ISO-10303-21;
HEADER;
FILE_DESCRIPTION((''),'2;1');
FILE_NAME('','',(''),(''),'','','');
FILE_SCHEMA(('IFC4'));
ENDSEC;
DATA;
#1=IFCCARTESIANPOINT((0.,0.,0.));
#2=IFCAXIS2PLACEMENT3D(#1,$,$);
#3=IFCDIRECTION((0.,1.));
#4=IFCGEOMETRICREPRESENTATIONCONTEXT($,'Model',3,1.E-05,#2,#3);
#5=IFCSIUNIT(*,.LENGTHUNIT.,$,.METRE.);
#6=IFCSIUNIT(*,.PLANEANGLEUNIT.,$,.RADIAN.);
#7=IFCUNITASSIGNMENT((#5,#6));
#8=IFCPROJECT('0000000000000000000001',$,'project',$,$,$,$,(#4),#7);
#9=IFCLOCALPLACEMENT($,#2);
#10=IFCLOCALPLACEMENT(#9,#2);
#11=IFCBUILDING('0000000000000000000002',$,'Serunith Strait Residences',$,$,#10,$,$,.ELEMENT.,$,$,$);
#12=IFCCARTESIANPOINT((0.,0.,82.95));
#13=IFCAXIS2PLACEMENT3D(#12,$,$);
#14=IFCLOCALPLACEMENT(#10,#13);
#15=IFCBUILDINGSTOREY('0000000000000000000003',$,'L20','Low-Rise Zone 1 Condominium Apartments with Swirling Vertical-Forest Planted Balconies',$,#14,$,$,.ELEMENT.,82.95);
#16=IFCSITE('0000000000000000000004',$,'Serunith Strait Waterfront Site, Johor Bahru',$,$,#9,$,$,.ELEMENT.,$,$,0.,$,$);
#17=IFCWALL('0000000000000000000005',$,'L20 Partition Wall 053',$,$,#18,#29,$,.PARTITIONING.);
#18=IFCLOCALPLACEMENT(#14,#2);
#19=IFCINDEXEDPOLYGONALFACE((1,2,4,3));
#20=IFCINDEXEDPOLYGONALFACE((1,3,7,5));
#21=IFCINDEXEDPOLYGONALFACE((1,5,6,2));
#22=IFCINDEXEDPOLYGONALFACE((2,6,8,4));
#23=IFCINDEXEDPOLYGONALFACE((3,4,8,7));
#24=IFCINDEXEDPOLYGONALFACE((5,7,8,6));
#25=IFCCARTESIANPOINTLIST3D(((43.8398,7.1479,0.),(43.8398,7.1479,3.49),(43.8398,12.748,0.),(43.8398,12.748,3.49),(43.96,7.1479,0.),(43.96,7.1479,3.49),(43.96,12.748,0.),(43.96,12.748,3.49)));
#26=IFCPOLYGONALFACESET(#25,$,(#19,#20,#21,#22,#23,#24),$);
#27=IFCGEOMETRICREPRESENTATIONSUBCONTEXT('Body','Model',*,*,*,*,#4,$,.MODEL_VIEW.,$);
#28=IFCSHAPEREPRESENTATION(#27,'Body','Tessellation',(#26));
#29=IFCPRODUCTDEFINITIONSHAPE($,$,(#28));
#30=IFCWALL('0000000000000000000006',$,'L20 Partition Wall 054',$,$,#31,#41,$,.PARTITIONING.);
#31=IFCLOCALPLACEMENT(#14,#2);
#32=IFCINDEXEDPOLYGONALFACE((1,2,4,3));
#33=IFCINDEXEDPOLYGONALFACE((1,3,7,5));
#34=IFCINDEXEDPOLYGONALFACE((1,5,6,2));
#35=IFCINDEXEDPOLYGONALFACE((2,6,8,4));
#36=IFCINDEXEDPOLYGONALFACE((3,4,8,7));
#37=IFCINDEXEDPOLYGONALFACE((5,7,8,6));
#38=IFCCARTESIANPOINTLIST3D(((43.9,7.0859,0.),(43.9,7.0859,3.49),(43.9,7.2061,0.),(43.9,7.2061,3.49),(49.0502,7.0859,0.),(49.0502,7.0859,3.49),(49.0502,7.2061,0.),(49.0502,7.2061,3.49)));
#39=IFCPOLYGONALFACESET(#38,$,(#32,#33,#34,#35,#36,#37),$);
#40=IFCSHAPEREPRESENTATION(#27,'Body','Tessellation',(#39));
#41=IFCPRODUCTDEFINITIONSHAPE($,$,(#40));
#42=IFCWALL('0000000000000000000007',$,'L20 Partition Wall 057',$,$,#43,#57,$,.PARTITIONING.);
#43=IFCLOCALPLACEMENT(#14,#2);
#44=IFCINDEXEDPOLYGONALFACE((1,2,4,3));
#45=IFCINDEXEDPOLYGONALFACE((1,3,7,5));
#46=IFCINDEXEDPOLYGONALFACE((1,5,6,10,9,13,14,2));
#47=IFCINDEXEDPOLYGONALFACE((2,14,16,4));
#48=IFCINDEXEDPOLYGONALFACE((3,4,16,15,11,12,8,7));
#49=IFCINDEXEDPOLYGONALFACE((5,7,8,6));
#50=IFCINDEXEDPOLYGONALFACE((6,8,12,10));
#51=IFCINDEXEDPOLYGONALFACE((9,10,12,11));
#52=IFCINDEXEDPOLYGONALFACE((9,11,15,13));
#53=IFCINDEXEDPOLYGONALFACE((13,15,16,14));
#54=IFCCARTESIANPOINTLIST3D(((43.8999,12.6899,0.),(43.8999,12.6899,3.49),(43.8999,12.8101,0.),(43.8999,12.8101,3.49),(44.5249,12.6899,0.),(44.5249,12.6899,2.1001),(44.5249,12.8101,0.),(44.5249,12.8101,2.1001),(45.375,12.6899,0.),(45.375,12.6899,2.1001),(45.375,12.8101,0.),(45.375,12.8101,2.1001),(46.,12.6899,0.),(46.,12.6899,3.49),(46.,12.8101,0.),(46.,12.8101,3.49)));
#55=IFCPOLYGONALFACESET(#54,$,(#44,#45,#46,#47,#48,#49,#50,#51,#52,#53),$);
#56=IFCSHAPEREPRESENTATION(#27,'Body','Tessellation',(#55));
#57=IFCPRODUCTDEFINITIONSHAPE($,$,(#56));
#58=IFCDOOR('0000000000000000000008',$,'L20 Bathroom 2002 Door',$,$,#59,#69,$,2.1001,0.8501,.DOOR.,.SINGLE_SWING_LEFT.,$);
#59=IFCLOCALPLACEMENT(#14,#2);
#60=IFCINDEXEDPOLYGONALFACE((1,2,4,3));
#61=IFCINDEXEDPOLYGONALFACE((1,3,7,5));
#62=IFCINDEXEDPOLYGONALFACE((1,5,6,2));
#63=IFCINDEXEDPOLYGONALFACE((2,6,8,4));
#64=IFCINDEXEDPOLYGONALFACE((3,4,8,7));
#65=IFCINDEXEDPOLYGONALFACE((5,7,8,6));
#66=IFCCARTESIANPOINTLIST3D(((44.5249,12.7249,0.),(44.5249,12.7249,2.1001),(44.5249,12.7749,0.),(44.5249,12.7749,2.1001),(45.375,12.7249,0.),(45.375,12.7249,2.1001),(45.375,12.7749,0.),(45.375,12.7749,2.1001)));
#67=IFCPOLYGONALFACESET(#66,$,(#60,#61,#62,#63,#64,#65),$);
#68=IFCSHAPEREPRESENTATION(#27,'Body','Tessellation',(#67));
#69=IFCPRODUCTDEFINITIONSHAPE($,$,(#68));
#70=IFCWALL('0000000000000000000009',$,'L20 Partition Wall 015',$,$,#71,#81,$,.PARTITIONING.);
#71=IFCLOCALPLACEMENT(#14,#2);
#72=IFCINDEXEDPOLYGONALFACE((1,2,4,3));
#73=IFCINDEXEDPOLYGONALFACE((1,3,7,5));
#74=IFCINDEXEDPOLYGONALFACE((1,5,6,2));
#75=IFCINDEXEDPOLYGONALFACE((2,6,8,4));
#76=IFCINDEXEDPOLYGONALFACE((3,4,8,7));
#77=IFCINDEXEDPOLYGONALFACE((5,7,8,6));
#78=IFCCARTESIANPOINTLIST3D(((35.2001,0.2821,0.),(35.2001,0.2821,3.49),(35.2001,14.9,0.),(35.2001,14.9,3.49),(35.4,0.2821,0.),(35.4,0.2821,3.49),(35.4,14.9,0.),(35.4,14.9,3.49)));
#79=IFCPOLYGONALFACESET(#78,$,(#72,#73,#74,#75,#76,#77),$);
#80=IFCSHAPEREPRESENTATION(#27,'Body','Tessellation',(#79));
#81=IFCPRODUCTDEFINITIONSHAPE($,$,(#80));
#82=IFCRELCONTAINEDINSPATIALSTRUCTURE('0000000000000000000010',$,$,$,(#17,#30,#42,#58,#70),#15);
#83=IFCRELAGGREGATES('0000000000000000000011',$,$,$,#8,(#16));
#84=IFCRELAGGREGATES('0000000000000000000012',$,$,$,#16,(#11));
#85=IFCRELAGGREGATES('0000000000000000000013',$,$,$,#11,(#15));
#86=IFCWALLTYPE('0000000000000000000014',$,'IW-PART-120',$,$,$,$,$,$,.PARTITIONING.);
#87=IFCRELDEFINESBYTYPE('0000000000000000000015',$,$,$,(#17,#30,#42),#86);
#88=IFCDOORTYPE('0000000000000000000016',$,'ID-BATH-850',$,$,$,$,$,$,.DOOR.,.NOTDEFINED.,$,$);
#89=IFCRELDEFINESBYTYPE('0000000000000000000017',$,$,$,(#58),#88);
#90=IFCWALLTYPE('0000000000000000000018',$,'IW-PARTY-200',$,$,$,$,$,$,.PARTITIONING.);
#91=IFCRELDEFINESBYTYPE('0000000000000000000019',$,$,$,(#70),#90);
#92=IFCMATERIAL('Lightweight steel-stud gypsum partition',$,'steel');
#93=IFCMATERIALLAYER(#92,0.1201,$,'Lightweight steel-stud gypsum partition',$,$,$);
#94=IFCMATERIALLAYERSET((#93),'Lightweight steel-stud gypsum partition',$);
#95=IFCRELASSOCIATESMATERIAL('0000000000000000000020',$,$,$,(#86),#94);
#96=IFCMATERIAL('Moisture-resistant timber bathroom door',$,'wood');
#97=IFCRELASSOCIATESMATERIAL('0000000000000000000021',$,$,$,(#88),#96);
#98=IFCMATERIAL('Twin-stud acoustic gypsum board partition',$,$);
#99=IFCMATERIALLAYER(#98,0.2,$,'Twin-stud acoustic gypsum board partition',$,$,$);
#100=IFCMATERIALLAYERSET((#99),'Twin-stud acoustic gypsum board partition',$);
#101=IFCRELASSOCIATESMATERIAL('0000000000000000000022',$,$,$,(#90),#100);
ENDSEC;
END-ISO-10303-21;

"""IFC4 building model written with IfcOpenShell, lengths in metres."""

from ifc_helpers import new_model, si_unit, direction, frame, frame_2d, origin, place, context, subcontext, project, spatial, rectangle, extrude, source, transform, mapped, material, layer, layer_set, type_object, element, fill, save


model = new_model("IFC4")

# Units and contexts
model_context = context("Model", 3, precision=1e-05, world=origin(), true_north=direction((0.0, 1.0)))
body_context = subcontext(model_context, "Body", "Model", "MODEL_VIEW")
ifc_project = project(units=[si_unit("LENGTHUNIT", "METRE"), si_unit("PLANEANGLEUNIT", "RADIAN")], contexts=[model_context])

# Site, building, storey
site_placement = place(None, origin())
site = spatial("IfcSite", under=ifc_project, at=site_placement, Name="Serunith Strait Waterfront Site, Johor Bahru", CompositionType="ELEMENT", RefElevation=0.0)
building_placement = place(site_placement, origin())
building = spatial("IfcBuilding", under=site, at=building_placement, Name="Serunith Strait Residences", CompositionType="ELEMENT")
storey_placement = place(building_placement, frame((0.0, 0.0, 82.95)))
storey = spatial("IfcBuildingStorey", under=building, at=storey_placement, Name="L20", Description="Low-Rise Zone 1 Condominium Apartments with Swirling Vertical-Forest Planted Balconies", CompositionType="ELEMENT", Elevation=82.95)

# Shared definitions
ifc_material_1 = material(Name="Lightweight steel-stud gypsum partition", Category="steel")
ifc_layer_1 = layer(ifc_material_1, 0.1201, Name="Lightweight steel-stud gypsum partition")
ifc_layer_set_1 = layer_set([ifc_layer_1], Name="Lightweight steel-stud gypsum partition")
wall_type_1 = type_object("IfcWallType", Name="IW-PART-120", PredefinedType="PARTITIONING", material=ifc_layer_set_1)
shared_shape_1 = source(origin(), body_context, "Body", "SweptSolid", [
    extrude(rectangle(XDim=0.8501, YDim=2.1001, at=frame_2d((0.425, 1.05))), frame((0.0, 0.0249, 0.0), z_axis=(0.0, -1.0, 0.0), x_axis=(1.0, 0.0, 0.0)), (0.0, 0.0, 1.0), 0.05),
])
ifc_material_2 = material(Name="Moisture-resistant timber bathroom door", Category="wood")
door_type_1 = type_object("IfcDoorType", Name="ID-BATH-850", OperationType="NOTDEFINED", PredefinedType="DOOR", material=ifc_material_2)

# Walls
wall_1_placement = place(storey_placement, frame((43.8999, 7.1479, 0.0), z_axis=(0.0, 0.0, 1.0), x_axis=(0.0, 1.0, 0.0)))
element("IfcWall", 1, at=wall_1_placement, inside=storey, type_object=wall_type_1, Name="L20 Partition Wall 053", PredefinedType="PARTITIONING", context=body_context, shape_type="SweptSolid", body=[
    extrude(rectangle(XDim=5.6001, YDim=0.1201, at=frame_2d((2.8, 0.0))), origin(), (0.0, 0.0, 1.0), 3.49),
])
wall_2_placement = place(storey_placement, frame((43.8999, 7.146, 0.0), z_axis=(0.0, 0.0, 1.0), x_axis=(1.0, 0.0, 0.0)))
element("IfcWall", 2, at=wall_2_placement, inside=storey, type_object=wall_type_1, Name="L20 Partition Wall 054", PredefinedType="PARTITIONING", context=body_context, shape_type="SweptSolid", body=[
    extrude(rectangle(XDim=5.1501, YDim=0.1201, at=frame_2d((2.5752, 0.0))), origin(), (0.0, 0.0, 1.0), 3.49),
])

# Wall, opening, door
wall_3_placement = place(storey_placement, frame((43.8999, 12.75, 0.0), z_axis=(0.0, 0.0, 1.0), x_axis=(1.0, 0.0, 0.0)))
wall_3 = element("IfcWall", 3, at=wall_3_placement, inside=storey, type_object=wall_type_1, Name="L20 Partition Wall 057", PredefinedType="PARTITIONING", context=body_context, shape_type="SweptSolid", body=[
    extrude(rectangle(XDim=2.1001, YDim=0.1201, at=frame_2d((1.05, 0.0))), origin(), (0.0, 0.0, 1.0), 3.49),
])
opening_1_placement = place(wall_3_placement, frame((0.625, 0.0, 0.0)))
opening_1 = element("IfcOpeningElement", 4, at=opening_1_placement, cuts=wall_3, PredefinedType="OPENING", context=body_context, shape_type="SweptSolid", body=[
    extrude(rectangle(XDim=0.8501, YDim=2.1001, at=frame_2d((0.425, 1.05))), frame((0.0, 0.0701, 0.0), z_axis=(0.0, -1.0, 0.0), x_axis=(1.0, 0.0, 0.0)), (0.0, 0.0, 1.0), 0.1401),
])
door_1_placement = place(opening_1_placement, origin())
door_1 = element("IfcDoor", 5, at=door_1_placement, inside=storey, type_object=door_type_1, Name="L20 Bathroom 2002 Door", OperationType="SINGLE_SWING_LEFT", OverallHeight=2.1001, OverallWidth=0.8501, PredefinedType="DOOR", context=body_context, shape_type="MappedRepresentation", body=[
    mapped(shared_shape_1, transform((0.0, 0.0, 0.0), scale=1.0)),
])
fill(opening_1, door_1)

# Wall
ifc_material_3 = material(Name="Twin-stud acoustic gypsum board partition")
ifc_layer_2 = layer(ifc_material_3, 0.2, Name="Twin-stud acoustic gypsum board partition")
ifc_layer_set_2 = layer_set([ifc_layer_2], Name="Twin-stud acoustic gypsum board partition")
wall_type_2 = type_object("IfcWallType", Name="IW-PARTY-200", PredefinedType="PARTITIONING", material=ifc_layer_set_2)
wall_4_placement = place(storey_placement, frame((35.3, 0.282, 0.0), z_axis=(0.0, 0.0, 1.0), x_axis=(0.0, 1.0, 0.0)))
element("IfcWall", 6, at=wall_4_placement, inside=storey, type_object=wall_type_2, Name="L20 Partition Wall 015", PredefinedType="PARTITIONING", context=body_context, shape_type="SweptSolid", body=[
    extrude(rectangle(XDim=14.6179, YDim=0.2, at=frame_2d((7.3091, 0.0))), origin(), (0.0, 0.0, 1.0), 3.49),
])

save(model, "model.ifc")
